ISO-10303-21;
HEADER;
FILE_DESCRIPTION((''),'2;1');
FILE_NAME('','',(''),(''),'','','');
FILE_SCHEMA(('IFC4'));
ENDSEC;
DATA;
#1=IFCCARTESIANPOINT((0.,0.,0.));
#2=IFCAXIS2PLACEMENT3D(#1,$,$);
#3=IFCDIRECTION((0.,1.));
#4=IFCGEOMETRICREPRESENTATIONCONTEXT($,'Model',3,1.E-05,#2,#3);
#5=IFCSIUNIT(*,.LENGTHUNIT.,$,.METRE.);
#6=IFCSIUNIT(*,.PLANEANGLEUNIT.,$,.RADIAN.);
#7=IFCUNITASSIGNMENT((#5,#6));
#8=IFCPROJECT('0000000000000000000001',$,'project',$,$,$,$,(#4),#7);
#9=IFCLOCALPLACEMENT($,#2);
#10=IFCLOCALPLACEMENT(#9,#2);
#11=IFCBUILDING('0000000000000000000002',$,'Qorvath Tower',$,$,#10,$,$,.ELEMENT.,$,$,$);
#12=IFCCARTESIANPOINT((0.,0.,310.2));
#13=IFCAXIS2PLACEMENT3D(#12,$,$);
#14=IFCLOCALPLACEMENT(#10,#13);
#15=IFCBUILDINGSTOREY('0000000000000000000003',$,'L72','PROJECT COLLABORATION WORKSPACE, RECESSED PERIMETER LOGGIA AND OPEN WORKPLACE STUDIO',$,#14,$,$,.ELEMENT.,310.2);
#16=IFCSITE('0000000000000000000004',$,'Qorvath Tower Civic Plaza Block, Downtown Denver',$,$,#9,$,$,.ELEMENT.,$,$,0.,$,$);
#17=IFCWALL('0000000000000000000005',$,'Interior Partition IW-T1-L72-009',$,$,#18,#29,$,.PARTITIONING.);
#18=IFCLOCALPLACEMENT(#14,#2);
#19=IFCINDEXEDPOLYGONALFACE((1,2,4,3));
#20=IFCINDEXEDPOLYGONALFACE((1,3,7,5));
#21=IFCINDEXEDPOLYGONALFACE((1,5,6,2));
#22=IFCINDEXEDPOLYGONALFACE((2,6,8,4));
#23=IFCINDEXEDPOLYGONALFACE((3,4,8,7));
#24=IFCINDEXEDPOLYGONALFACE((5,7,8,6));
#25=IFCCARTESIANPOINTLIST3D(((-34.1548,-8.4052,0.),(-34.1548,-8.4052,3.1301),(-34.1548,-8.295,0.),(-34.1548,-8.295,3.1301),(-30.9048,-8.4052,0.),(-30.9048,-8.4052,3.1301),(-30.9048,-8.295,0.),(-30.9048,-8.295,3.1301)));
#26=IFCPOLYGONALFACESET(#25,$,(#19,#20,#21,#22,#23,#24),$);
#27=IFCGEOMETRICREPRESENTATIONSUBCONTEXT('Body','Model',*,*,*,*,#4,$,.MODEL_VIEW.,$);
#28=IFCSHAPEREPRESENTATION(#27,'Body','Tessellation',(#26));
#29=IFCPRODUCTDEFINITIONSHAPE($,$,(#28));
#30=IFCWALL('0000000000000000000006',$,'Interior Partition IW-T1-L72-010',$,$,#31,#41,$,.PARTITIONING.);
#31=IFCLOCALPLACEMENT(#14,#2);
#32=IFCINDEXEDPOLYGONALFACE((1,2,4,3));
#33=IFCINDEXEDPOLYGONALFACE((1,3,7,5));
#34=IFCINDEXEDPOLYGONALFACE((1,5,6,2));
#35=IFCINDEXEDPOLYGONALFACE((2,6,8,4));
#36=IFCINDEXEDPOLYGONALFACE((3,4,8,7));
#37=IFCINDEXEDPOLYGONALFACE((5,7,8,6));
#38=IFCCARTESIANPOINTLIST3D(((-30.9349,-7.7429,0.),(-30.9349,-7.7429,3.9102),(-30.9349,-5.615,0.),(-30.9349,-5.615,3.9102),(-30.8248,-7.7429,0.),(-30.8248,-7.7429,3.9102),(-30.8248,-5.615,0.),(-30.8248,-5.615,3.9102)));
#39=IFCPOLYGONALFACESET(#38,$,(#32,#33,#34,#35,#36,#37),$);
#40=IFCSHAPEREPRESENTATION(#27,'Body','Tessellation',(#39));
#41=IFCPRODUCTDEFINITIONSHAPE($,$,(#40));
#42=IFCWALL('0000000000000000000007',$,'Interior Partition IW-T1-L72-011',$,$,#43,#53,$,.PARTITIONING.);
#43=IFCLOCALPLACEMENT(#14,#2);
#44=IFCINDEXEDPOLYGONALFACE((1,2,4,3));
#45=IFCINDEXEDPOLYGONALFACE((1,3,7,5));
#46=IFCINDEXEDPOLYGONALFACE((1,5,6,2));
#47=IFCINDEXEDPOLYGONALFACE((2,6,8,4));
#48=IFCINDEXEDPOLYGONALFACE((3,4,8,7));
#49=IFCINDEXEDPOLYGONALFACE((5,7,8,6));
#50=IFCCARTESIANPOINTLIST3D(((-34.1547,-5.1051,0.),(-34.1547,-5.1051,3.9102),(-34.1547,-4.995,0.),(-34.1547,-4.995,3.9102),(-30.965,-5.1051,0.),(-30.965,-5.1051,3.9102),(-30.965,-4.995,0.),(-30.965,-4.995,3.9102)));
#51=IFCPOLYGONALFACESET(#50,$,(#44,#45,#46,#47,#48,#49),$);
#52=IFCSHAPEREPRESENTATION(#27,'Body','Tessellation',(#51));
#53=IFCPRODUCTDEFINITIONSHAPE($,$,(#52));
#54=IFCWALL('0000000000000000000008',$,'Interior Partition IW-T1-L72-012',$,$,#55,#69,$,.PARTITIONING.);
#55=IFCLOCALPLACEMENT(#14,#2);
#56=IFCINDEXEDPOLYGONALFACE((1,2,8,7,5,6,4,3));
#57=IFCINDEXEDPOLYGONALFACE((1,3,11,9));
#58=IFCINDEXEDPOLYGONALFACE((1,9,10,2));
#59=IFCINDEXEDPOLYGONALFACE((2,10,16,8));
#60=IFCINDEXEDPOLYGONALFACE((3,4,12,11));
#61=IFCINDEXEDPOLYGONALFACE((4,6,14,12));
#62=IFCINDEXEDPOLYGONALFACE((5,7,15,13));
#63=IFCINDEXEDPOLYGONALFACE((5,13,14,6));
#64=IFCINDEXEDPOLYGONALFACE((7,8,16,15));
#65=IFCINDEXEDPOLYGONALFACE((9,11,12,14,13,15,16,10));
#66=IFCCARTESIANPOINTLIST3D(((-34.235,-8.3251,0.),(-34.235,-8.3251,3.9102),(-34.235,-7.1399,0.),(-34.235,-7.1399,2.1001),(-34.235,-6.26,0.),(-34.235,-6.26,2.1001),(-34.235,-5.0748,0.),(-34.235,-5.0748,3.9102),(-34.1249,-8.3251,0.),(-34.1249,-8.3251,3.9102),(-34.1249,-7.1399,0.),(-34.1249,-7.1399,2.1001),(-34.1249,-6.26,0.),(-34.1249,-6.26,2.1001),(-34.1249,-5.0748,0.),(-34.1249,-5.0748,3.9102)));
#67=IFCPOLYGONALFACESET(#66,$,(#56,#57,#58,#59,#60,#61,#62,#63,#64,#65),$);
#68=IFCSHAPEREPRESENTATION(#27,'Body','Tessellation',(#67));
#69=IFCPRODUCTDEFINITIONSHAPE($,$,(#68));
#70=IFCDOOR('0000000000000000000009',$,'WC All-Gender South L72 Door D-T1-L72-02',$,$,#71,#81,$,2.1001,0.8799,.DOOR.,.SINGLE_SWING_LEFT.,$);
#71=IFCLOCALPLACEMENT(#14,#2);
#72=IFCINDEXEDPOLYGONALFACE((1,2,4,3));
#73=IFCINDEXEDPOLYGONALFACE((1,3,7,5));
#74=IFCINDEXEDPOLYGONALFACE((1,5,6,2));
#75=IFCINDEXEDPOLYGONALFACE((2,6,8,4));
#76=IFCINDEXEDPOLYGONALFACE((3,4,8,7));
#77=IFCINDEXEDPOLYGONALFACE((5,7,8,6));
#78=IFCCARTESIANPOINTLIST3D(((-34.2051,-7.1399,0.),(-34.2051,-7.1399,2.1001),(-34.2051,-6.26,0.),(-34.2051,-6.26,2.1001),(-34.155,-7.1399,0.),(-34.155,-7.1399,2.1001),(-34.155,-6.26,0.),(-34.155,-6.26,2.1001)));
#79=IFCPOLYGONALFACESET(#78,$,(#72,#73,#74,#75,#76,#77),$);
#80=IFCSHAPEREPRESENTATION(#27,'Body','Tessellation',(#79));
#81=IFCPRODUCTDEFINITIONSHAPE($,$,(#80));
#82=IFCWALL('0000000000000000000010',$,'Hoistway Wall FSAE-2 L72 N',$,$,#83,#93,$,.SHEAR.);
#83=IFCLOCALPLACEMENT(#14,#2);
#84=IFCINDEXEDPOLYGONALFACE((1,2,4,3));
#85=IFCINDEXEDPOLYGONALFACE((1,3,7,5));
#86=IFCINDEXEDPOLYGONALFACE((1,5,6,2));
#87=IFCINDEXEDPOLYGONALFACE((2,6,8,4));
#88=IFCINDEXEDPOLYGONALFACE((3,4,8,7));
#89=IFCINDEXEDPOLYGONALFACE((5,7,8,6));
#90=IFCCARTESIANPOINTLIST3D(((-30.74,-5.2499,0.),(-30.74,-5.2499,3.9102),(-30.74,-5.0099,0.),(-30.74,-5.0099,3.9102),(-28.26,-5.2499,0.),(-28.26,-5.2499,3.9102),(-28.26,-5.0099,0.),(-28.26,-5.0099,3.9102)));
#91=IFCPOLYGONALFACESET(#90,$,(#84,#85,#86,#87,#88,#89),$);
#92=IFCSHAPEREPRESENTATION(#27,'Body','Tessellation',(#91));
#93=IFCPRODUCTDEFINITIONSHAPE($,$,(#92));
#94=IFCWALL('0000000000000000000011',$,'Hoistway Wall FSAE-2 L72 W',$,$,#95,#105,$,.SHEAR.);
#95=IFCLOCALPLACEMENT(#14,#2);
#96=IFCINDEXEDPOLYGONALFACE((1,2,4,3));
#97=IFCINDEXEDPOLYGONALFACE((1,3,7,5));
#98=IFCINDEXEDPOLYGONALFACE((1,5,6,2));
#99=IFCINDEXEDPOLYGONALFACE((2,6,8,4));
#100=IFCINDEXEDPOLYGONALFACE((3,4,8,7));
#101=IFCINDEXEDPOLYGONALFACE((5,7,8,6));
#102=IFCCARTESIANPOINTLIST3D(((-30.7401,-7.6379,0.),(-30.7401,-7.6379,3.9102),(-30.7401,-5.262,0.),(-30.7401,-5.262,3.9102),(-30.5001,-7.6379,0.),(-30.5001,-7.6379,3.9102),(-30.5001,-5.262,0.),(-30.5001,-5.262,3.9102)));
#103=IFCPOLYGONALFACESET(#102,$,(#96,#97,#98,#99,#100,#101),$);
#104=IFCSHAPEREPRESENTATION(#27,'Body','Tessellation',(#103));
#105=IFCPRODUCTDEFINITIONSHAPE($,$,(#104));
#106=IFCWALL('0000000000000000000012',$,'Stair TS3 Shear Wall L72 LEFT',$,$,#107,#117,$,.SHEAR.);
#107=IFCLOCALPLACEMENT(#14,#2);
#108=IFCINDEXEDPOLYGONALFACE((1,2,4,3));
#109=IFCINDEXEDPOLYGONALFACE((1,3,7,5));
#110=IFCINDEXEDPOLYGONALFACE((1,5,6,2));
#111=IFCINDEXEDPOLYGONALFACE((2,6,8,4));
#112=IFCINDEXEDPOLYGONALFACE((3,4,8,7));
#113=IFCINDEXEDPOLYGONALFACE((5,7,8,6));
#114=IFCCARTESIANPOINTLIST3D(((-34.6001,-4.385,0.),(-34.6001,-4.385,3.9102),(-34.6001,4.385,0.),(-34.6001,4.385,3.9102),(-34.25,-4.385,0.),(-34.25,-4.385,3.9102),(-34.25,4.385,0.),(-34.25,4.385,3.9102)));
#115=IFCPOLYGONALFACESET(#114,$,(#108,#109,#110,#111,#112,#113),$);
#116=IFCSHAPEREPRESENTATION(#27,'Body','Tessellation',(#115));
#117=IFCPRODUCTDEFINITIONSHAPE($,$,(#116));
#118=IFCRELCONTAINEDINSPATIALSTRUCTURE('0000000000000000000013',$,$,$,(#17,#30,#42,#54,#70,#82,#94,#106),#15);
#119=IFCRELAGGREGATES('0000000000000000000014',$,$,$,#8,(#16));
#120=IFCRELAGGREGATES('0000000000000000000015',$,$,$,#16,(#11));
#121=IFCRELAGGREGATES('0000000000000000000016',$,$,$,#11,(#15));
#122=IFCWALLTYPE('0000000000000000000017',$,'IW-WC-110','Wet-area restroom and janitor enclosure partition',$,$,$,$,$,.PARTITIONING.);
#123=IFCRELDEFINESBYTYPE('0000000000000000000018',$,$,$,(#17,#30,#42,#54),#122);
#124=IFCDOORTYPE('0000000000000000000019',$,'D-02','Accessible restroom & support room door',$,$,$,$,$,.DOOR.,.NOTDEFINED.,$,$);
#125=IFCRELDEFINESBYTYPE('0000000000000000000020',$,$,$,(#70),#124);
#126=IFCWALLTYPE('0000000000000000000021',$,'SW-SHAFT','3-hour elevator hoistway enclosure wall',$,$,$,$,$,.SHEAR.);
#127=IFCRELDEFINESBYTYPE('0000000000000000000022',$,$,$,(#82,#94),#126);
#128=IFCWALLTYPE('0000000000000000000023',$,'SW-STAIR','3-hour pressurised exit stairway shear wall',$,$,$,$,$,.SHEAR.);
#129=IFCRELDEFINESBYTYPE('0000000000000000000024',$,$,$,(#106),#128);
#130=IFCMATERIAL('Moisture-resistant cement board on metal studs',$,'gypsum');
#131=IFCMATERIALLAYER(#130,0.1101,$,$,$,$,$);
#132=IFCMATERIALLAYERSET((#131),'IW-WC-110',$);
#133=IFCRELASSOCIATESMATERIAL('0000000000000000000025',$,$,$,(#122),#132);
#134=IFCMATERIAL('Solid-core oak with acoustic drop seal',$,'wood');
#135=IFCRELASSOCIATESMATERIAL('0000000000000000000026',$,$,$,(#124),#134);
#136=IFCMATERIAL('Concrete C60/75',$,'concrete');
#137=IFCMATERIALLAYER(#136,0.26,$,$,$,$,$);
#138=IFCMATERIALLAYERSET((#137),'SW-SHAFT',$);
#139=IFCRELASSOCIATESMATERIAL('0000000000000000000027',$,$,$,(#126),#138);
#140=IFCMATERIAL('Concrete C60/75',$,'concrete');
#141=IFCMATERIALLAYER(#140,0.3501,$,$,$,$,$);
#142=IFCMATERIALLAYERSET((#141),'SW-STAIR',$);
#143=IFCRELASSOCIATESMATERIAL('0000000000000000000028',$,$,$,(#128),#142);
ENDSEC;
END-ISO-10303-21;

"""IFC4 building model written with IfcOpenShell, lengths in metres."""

from ifc_helpers import new_model, si_unit, direction, frame, frame_2d, origin, place, context, subcontext, project, spatial, rectangle, extrude, material, layer, layer_set, type_object, element, fill, save


model = new_model("IFC4")

# Units and contexts
model_context = context("Model", 3, precision=1e-05, world=origin(), true_north=direction((0.0, 1.0)))
body_context = subcontext(model_context, "Body", "Model", "MODEL_VIEW")
ifc_project = project(units=[si_unit("LENGTHUNIT", "METRE"), si_unit("PLANEANGLEUNIT", "RADIAN")], contexts=[model_context])

# Site, building, storey
site_placement = place(None, origin())
site = spatial("IfcSite", under=ifc_project, at=site_placement, Name="Qorvath Tower Civic Plaza Block, Downtown Denver", CompositionType="ELEMENT", RefElevation=0.0)
building_placement = place(site_placement, origin())
building = spatial("IfcBuilding", under=site, at=building_placement, Name="Qorvath Tower", CompositionType="ELEMENT")
storey_placement = place(building_placement, frame((0.0, 0.0, 310.2)))
storey = spatial("IfcBuildingStorey", under=building, at=storey_placement, Name="L72", Description="PROJECT COLLABORATION WORKSPACE, RECESSED PERIMETER LOGGIA AND OPEN WORKPLACE STUDIO", CompositionType="ELEMENT", Elevation=310.2)

# Walls
ifc_material_1 = material(Name="Moisture-resistant cement board on metal studs", Category="gypsum")
ifc_layer_1 = layer(ifc_material_1, 0.1101)
ifc_layer_set_1 = layer_set([ifc_layer_1], Name="IW-WC-110")
wall_type_1 = type_object("IfcWallType", Name="IW-WC-110", Description="Wet-area restroom and janitor enclosure partition", PredefinedType="PARTITIONING", material=ifc_layer_set_1)
wall_1_placement = place(storey_placement, frame((-34.1548, -8.3501, 0.0), z_axis=(0.0, 0.0, 1.0), x_axis=(1.0, 0.0, 0.0)))
element("IfcWall", 1, at=wall_1_placement, inside=storey, type_object=wall_type_1, Name="Interior Partition IW-T1-L72-009", PredefinedType="PARTITIONING", context=body_context, shape_type="SweptSolid", body=[
    extrude(rectangle(XDim=3.25, YDim=0.1101, at=frame_2d((1.625, 0.0))), origin(), (0.0, 0.0, 1.0), 3.1301),
])
wall_2_placement = place(storey_placement, frame((-30.8799, -7.7429, 0.0), z_axis=(0.0, 0.0, 1.0), x_axis=(0.0, 1.0, 0.0)))
element("IfcWall", 2, at=wall_2_placement, inside=storey, type_object=wall_type_1, Name="Interior Partition IW-T1-L72-010", PredefinedType="PARTITIONING", context=body_context, shape_type="SweptSolid", body=[
    extrude(rectangle(XDim=2.1279, YDim=0.1101, at=frame_2d((1.064, 0.0))), origin(), (0.0, 0.0, 1.0), 3.9102),
])
wall_3_placement = place(storey_placement, frame((-30.9651, -5.05, 0.0), z_axis=(0.0, 0.0, 1.0), x_axis=(-1.0, 0.0, 0.0)))
element("IfcWall", 3, at=wall_3_placement, inside=storey, type_object=wall_type_1, Name="Interior Partition IW-T1-L72-011", PredefinedType="PARTITIONING", context=body_context, shape_type="SweptSolid", body=[
    extrude(rectangle(XDim=3.1897, YDim=0.1101, at=frame_2d((1.5947, 0.0))), origin(), (0.0, 0.0, 1.0), 3.9102),
])

# Wall, opening, door
wall_4_placement = place(storey_placement, frame((-34.1799, -5.075, 0.0), z_axis=(0.0, 0.0, 1.0), x_axis=(0.0, -1.0, 0.0)))
wall_4 = element("IfcWall", 4, at=wall_4_placement, inside=storey, type_object=wall_type_1, Name="Interior Partition IW-T1-L72-012", PredefinedType="PARTITIONING", context=body_context, shape_type="SweptSolid", body=[
    extrude(rectangle(XDim=3.2502, YDim=0.1101, at=frame_2d((1.625, 0.0))), origin(), (0.0, 0.0, 1.0), 3.9102),
])
opening_1_placement = place(wall_4_placement, frame((1.1851, 0.0, 0.0)))
opening_1 = element("IfcOpeningElement", 5, at=opening_1_placement, cuts=wall_4, PredefinedType="OPENING", context=body_context, shape_type="SweptSolid", body=[
    extrude(rectangle(XDim=0.8799, YDim=2.1001, at=frame_2d((0.4399, 1.05))), frame((0.0, 0.0649, 0.0), z_axis=(0.0, -1.0, 0.0), x_axis=(1.0, 0.0, 0.0)), (0.0, 0.0, 1.0), 0.1301),
])
ifc_material_2 = material(Name="Solid-core oak with acoustic drop seal", Category="wood")
door_type_1 = type_object("IfcDoorType", Name="D-02", Description="Accessible restroom & support room door", OperationType="NOTDEFINED", PredefinedType="DOOR", material=ifc_material_2)
door_1_placement = place(opening_1_placement, origin())
door_1 = element("IfcDoor", 6, at=door_1_placement, inside=storey, type_object=door_type_1, Name="WC All-Gender South L72 Door D-T1-L72-02", OperationType="SINGLE_SWING_LEFT", OverallHeight=2.1001, OverallWidth=0.8799, PredefinedType="DOOR", context=body_context, shape_type="SweptSolid", body=[
    extrude(rectangle(XDim=0.8799, YDim=2.1001, at=frame_2d((0.4399, 1.05))), frame((0.0, 0.0249, 0.0), z_axis=(0.0, -1.0, 0.0), x_axis=(1.0, 0.0, 0.0)), (0.0, 0.0, 1.0), 0.05),
])
fill(opening_1, door_1)

# Walls
ifc_material_3 = material(Name="Concrete C60/75", Category="concrete")
ifc_layer_2 = layer(ifc_material_3, 0.26)
ifc_layer_set_2 = layer_set([ifc_layer_2], Name="SW-SHAFT")
wall_type_2 = type_object("IfcWallType", Name="SW-SHAFT", Description="3-hour elevator hoistway enclosure wall", PredefinedType="SHEAR", material=ifc_layer_set_2)
wall_5_placement = place(storey_placement, frame((-30.74, -5.1299, 0.0), z_axis=(0.0, 0.0, 1.0), x_axis=(1.0, 0.0, 0.0)))
element("IfcWall", 7, at=wall_5_placement, inside=storey, type_object=wall_type_2, Name="Hoistway Wall FSAE-2 L72 N", PredefinedType="SHEAR", context=body_context, shape_type="SweptSolid", body=[
    extrude(rectangle(XDim=2.48, YDim=0.24, at=frame_2d((1.24, 0.0))), origin(), (0.0, 0.0, 1.0), 3.9102),
])
wall_6_placement = place(storey_placement, frame((-30.6201, -7.6379, 0.0), z_axis=(0.0, 0.0, 1.0), x_axis=(0.0, 1.0, 0.0)))
element("IfcWall", 8, at=wall_6_placement, inside=storey, type_object=wall_type_2, Name="Hoistway Wall FSAE-2 L72 W", PredefinedType="SHEAR", context=body_context, shape_type="SweptSolid", body=[
    extrude(rectangle(XDim=2.376, YDim=0.24, at=frame_2d((1.188, 0.0))), origin(), (0.0, 0.0, 1.0), 3.9102),
])
ifc_material_4 = material(Name="Concrete C60/75", Category="concrete")
ifc_layer_3 = layer(ifc_material_4, 0.3501)
ifc_layer_set_3 = layer_set([ifc_layer_3], Name="SW-STAIR")
wall_type_3 = type_object("IfcWallType", Name="SW-STAIR", Description="3-hour pressurised exit stairway shear wall", PredefinedType="SHEAR", material=ifc_layer_set_3)
wall_7_placement = place(storey_placement, frame((-34.425, -4.385, 0.0), z_axis=(0.0, 0.0, 1.0), x_axis=(0.0, 1.0, 0.0)))
element("IfcWall", 9, at=wall_7_placement, inside=storey, type_object=wall_type_3, Name="Stair TS3 Shear Wall L72 LEFT", PredefinedType="SHEAR", context=body_context, shape_type="SweptSolid", body=[
    extrude(rectangle(XDim=8.77, YDim=0.3501, at=frame_2d((4.385, 0.0))), origin(), (0.0, 0.0, 1.0), 3.9102),
])

save(model, "model.ifc")
